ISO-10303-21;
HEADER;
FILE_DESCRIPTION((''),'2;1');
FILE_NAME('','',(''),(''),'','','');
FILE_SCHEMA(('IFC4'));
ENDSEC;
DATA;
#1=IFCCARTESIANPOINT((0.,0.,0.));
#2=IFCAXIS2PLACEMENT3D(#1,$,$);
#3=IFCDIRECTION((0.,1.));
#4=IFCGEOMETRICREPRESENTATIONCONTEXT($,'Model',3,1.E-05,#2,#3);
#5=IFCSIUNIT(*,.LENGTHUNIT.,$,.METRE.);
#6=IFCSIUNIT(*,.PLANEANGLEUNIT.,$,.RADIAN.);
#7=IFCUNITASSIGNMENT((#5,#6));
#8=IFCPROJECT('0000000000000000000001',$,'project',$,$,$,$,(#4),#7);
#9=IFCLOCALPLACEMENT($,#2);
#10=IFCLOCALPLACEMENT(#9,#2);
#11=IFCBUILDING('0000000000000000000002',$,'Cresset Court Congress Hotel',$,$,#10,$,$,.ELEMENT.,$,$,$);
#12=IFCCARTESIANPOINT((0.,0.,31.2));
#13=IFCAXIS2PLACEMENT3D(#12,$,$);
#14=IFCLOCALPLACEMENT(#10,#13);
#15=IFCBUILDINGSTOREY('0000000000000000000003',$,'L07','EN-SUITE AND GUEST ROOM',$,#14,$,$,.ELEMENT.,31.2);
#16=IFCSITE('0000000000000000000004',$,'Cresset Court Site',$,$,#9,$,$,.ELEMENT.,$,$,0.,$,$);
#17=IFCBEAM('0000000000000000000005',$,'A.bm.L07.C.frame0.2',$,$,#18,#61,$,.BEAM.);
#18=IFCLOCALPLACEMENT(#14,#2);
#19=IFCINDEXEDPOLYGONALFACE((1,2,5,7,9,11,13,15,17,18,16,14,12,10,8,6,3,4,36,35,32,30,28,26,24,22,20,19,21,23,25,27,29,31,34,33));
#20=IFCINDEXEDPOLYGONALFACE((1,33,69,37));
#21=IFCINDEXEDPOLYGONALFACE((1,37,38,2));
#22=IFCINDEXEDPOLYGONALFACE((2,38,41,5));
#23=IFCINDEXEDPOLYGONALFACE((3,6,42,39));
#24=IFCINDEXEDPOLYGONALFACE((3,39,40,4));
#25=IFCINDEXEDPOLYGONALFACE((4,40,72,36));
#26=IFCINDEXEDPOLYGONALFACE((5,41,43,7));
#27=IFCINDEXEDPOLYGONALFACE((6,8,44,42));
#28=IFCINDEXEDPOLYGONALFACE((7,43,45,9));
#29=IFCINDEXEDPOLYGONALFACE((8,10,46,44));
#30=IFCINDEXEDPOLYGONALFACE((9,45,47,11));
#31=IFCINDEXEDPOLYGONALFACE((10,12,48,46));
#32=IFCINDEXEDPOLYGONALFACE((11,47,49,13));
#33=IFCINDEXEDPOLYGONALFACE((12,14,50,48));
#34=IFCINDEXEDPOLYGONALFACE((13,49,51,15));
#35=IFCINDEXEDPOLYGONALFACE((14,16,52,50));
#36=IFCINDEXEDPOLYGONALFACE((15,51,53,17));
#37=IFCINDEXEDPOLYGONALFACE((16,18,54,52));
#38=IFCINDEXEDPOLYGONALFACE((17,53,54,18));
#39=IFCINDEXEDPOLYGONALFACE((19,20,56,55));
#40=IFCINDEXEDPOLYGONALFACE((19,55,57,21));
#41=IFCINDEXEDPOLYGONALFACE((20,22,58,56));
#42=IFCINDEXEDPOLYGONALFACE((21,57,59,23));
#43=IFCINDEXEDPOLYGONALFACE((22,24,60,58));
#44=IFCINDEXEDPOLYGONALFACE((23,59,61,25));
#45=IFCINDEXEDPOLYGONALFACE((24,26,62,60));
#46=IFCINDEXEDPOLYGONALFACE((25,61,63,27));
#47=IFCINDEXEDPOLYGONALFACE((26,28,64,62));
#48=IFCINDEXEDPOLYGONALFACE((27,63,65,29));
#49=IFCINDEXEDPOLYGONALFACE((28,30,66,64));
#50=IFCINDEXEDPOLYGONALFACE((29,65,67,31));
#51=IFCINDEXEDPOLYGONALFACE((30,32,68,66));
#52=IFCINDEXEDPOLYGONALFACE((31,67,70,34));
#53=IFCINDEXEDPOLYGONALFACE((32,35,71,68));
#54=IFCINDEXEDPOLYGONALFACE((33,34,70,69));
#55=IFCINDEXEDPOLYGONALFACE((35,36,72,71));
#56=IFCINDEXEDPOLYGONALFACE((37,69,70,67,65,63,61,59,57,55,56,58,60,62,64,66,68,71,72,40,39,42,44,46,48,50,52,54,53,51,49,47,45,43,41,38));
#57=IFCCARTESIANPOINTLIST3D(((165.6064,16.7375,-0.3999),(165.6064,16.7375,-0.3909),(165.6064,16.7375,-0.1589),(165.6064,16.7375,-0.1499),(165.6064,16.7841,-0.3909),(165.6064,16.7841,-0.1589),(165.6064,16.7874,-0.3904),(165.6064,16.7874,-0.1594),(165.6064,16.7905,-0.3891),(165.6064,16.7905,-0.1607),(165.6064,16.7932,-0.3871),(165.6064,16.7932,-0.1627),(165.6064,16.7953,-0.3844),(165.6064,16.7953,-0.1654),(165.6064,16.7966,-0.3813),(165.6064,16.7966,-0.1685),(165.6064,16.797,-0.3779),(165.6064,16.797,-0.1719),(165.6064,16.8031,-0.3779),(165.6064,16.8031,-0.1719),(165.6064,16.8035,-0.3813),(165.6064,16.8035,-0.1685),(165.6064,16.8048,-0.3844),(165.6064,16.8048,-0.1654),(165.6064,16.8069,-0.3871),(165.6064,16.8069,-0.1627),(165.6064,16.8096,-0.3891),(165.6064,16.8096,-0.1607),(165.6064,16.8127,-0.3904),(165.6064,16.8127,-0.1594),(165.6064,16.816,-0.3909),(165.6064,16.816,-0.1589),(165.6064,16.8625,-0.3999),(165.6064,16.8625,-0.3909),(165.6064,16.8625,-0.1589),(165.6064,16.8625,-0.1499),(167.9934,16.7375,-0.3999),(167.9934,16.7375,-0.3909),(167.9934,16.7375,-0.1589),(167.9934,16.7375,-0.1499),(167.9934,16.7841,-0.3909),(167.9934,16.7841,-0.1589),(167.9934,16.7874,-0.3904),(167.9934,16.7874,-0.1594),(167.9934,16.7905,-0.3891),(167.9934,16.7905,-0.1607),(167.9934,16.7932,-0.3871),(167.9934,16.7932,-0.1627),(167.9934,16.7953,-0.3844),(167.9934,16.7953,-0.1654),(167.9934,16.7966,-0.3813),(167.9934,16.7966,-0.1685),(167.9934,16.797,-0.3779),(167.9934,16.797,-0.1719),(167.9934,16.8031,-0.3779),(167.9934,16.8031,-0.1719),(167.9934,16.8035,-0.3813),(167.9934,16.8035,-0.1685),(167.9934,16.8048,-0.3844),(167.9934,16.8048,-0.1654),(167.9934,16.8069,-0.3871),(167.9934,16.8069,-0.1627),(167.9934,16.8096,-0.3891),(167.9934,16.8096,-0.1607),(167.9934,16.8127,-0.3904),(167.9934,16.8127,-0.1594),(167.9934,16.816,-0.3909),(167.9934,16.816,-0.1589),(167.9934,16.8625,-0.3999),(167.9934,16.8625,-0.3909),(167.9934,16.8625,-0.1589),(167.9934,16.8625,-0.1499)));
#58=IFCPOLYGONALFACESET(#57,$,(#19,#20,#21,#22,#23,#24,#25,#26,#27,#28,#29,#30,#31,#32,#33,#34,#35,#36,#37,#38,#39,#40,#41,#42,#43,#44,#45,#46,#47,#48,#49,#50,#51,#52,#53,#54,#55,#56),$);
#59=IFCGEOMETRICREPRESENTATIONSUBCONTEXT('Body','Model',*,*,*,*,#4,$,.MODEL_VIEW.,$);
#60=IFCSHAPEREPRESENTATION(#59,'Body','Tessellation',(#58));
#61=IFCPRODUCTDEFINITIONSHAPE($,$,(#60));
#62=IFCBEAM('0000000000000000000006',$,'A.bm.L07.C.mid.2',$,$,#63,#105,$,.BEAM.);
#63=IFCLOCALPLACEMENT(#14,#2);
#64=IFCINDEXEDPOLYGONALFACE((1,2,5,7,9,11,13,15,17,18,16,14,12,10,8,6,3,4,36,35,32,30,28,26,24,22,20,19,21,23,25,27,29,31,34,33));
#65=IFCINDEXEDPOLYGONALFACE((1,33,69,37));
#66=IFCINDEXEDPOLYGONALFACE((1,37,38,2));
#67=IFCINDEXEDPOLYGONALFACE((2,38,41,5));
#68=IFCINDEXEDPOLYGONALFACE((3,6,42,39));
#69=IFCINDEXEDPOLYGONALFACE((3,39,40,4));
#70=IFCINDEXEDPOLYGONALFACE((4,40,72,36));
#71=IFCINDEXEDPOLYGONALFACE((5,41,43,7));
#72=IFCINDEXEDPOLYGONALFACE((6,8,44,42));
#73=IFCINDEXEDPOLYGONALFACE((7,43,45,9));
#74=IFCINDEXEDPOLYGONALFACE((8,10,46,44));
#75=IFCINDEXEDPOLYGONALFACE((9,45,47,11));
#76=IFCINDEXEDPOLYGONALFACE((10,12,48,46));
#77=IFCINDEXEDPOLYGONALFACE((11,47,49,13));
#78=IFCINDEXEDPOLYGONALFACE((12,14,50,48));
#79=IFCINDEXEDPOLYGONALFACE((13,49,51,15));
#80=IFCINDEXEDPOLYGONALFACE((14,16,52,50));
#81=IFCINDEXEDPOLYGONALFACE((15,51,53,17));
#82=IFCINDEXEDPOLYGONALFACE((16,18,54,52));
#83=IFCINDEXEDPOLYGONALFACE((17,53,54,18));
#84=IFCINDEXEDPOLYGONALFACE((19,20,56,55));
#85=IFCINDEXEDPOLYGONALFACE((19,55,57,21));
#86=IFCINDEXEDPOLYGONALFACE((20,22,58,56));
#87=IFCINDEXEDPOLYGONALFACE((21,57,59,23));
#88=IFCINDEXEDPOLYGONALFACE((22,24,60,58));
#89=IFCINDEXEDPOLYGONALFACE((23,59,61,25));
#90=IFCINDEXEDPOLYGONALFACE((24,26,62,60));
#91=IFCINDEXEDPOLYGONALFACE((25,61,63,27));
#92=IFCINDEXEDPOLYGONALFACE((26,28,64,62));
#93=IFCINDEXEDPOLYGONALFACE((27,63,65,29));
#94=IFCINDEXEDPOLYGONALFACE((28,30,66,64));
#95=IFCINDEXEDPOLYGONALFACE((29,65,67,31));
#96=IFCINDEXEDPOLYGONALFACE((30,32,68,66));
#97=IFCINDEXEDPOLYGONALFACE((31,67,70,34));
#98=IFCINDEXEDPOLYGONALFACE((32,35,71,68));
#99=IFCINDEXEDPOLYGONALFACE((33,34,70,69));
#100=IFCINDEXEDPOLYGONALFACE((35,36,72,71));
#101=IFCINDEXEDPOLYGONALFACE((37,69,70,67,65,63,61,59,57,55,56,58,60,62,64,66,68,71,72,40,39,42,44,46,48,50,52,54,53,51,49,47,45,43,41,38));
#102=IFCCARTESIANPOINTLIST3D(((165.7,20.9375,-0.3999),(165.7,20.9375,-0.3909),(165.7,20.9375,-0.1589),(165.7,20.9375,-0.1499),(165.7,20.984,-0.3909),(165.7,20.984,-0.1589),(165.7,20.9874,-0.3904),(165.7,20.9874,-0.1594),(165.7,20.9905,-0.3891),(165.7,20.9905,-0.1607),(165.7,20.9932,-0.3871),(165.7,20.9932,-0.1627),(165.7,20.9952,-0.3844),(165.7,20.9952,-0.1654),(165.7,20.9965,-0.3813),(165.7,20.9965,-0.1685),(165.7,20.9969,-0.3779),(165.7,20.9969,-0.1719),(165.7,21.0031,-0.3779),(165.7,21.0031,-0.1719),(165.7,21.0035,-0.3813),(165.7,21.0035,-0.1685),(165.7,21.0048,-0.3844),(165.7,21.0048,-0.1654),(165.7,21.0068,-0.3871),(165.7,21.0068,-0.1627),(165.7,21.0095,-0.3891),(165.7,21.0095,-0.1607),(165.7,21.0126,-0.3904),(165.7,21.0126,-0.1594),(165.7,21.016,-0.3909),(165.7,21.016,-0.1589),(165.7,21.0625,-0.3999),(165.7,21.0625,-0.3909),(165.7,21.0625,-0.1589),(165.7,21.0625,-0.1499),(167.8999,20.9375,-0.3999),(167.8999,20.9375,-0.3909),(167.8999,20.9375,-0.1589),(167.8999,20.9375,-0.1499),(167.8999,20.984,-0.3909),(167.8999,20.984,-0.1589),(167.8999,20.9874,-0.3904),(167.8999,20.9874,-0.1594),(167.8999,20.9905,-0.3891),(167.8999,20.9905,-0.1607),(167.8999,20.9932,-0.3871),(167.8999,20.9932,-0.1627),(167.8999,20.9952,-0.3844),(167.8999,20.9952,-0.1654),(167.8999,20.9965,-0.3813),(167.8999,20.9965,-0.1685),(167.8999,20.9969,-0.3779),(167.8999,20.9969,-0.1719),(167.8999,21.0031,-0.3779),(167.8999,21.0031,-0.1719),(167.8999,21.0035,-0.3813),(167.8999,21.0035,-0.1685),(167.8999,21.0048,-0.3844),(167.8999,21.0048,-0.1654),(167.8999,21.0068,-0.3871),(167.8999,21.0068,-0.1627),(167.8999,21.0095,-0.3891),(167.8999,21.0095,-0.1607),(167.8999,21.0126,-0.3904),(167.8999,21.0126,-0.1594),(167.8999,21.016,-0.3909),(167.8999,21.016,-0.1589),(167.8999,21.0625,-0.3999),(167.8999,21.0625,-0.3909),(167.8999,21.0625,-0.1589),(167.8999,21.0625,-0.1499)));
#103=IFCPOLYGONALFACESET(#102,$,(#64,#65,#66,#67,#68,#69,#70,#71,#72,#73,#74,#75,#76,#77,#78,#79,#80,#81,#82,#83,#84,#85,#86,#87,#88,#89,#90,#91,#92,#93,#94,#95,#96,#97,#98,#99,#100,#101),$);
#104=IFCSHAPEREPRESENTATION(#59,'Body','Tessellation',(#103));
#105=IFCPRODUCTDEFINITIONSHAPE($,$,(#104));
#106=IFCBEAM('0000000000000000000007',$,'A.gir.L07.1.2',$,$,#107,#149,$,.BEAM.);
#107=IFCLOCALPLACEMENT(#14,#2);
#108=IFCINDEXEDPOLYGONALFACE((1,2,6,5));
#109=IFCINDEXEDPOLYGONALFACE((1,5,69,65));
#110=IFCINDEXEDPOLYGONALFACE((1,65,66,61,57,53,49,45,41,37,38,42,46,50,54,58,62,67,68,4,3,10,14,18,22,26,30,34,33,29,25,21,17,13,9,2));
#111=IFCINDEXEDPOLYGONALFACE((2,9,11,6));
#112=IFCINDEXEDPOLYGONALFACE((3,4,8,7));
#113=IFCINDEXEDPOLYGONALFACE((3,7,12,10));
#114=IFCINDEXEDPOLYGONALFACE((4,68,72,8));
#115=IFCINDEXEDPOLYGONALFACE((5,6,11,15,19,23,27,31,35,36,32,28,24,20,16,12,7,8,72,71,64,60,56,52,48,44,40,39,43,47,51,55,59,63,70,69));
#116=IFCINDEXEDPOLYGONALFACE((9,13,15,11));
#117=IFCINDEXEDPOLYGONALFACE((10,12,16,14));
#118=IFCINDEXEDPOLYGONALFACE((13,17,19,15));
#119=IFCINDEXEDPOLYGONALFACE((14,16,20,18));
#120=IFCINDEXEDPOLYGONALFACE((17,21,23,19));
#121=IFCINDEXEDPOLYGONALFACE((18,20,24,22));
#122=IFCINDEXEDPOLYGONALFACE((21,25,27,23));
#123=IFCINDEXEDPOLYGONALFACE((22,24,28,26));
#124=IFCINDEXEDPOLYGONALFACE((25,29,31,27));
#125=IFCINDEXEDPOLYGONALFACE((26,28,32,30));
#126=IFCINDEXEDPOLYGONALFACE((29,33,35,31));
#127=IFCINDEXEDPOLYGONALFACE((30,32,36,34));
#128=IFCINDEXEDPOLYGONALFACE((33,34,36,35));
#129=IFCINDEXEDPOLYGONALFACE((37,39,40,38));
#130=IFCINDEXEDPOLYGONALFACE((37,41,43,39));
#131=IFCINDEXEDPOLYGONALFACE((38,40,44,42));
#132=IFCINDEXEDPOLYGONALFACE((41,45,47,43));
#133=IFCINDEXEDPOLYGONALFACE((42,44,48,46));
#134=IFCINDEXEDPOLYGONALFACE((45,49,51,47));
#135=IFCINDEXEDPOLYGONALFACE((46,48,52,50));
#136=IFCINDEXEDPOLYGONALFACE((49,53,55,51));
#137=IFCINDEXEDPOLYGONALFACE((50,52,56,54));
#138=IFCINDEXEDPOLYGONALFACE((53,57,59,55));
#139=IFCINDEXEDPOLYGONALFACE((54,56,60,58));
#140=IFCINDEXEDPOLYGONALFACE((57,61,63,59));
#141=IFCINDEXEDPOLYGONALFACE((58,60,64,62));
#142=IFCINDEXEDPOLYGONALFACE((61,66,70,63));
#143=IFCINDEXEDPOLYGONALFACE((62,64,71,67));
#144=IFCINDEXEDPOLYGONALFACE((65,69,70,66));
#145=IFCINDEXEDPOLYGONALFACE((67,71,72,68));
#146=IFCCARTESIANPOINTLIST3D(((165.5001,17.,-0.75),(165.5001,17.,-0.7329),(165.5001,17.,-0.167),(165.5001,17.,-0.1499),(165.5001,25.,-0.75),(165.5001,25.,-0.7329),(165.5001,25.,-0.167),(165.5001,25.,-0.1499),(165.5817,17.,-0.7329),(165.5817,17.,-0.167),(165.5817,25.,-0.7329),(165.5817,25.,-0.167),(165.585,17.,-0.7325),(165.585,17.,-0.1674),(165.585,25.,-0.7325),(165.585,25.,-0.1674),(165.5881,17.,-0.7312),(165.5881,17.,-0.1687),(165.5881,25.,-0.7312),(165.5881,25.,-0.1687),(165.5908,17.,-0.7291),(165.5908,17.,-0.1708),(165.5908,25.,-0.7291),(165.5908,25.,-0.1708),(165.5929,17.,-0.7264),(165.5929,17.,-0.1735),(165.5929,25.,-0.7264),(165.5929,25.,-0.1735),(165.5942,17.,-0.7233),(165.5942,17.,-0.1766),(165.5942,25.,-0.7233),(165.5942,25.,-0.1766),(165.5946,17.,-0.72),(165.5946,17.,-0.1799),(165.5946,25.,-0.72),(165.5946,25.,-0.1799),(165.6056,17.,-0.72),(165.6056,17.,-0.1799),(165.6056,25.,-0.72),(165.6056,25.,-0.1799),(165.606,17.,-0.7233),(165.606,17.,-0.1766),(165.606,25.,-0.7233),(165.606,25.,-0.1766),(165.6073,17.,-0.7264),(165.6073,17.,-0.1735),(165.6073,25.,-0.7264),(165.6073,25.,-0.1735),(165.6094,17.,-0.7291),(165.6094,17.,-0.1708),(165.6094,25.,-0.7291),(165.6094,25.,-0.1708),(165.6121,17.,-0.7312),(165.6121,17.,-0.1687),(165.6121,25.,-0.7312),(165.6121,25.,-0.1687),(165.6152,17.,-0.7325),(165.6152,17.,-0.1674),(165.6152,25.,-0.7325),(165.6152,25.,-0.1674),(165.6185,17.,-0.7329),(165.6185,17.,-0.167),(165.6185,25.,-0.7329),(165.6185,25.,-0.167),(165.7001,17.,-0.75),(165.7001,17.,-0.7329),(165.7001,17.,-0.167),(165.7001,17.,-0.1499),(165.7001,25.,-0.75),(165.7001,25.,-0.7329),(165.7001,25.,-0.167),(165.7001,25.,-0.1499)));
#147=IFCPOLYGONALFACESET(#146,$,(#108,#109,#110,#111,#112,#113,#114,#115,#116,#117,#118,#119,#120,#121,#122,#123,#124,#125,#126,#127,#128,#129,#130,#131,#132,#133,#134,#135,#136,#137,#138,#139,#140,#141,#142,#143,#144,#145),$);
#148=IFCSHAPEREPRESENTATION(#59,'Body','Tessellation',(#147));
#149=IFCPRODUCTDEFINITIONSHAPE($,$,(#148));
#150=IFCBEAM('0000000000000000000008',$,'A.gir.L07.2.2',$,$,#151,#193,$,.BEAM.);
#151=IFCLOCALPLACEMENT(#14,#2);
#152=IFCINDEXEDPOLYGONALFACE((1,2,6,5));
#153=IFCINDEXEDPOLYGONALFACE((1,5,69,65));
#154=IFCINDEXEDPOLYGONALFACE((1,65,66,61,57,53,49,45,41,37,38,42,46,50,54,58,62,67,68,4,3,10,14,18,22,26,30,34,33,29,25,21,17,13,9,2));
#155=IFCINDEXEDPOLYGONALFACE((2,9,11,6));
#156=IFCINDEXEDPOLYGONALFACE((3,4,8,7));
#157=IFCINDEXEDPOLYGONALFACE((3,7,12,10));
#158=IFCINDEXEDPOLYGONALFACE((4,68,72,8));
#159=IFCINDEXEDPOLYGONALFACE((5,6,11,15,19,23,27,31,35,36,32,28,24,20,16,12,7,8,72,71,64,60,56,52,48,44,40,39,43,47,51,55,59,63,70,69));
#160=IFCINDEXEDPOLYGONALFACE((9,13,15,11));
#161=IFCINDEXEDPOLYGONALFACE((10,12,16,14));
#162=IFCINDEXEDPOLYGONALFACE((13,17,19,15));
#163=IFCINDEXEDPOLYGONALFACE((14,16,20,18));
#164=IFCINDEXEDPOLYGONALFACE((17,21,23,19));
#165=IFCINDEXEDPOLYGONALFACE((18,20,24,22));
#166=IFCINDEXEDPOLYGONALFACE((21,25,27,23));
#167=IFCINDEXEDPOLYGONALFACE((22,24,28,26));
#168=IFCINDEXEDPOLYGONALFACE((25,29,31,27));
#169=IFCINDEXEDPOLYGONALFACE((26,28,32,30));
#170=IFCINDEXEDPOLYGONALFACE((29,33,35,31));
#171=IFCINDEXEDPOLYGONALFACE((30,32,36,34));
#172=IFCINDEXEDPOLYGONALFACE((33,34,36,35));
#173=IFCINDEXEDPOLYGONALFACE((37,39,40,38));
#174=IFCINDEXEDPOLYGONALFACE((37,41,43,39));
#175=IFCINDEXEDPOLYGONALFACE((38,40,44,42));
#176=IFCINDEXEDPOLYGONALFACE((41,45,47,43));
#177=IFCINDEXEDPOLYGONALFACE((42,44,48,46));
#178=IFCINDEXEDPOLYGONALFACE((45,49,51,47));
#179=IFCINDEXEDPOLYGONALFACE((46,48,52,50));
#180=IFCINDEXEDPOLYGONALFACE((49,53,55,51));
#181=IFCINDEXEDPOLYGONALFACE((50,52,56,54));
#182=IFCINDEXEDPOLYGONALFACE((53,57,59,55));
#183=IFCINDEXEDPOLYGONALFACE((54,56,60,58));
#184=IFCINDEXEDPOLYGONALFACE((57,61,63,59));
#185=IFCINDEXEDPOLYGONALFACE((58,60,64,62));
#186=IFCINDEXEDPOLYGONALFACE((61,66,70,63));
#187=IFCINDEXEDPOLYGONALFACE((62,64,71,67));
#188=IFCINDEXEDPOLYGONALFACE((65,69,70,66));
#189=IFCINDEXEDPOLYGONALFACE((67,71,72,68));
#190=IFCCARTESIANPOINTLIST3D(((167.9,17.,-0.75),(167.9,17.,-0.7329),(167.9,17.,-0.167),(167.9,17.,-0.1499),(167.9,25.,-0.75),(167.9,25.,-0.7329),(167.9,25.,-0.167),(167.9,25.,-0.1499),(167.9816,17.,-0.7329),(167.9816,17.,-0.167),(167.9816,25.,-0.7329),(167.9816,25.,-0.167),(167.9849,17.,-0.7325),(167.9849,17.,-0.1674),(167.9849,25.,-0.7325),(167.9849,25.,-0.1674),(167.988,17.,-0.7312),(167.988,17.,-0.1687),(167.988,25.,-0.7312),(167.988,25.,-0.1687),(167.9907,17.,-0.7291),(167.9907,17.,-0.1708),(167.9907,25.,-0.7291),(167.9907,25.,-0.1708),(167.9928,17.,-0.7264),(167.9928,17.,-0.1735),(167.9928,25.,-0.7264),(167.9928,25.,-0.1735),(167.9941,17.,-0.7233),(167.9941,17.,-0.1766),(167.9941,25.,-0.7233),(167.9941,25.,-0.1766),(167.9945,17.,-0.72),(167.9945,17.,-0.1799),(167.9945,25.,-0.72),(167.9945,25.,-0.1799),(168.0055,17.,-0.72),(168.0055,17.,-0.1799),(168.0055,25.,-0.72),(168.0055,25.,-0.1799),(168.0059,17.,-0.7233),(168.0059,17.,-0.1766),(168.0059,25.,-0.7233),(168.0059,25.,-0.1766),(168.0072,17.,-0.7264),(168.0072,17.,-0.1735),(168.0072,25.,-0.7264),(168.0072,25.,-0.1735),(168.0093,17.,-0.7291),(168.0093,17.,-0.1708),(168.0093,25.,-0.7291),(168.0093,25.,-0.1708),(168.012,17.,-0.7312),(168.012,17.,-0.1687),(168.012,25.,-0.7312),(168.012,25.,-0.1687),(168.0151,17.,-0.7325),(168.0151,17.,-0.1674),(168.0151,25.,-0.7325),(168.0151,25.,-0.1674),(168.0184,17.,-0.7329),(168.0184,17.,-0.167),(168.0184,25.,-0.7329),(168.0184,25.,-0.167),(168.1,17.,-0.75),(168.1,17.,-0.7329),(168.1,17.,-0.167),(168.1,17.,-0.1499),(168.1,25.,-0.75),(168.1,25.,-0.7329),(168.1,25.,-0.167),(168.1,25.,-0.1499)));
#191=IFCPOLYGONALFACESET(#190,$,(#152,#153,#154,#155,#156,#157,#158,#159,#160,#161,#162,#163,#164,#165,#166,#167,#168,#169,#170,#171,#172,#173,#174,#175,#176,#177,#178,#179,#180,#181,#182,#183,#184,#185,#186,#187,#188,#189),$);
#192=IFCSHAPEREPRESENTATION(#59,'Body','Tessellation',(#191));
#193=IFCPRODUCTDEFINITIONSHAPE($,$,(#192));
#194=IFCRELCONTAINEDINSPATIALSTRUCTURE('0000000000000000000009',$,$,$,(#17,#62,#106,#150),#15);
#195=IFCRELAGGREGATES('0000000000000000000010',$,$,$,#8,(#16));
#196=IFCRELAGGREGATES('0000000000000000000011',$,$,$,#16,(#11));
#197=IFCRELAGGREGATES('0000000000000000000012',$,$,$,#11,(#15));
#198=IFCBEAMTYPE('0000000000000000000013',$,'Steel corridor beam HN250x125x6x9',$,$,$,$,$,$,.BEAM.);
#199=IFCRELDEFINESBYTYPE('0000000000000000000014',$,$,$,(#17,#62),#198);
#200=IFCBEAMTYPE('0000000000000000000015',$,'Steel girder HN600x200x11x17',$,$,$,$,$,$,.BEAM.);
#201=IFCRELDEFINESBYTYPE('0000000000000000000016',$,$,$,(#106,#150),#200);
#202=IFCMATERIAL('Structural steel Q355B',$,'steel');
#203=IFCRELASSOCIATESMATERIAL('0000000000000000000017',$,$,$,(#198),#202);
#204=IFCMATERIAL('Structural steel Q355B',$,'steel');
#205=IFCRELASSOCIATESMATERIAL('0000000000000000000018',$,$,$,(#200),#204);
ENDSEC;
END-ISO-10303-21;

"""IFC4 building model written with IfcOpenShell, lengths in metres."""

from ifc_helpers import new_model, si_unit, direction, frame, origin, origin_2d, place, context, subcontext, project, spatial, i_section, extrude, material, material_profile, profile_set, type_object, element, save


model = new_model("IFC4")

# Units and contexts
model_context = context("Model", 3, precision=1e-05, world=origin(), true_north=direction((0.0, 1.0)))
body_context = subcontext(model_context, "Body", "Model", "MODEL_VIEW")
ifc_project = project(units=[si_unit("LENGTHUNIT", "METRE"), si_unit("PLANEANGLEUNIT", "RADIAN")], contexts=[model_context])

# Site, building, storey
site_placement = place(None, origin())
site = spatial("IfcSite", under=ifc_project, at=site_placement, Name="Cresset Court Site", CompositionType="ELEMENT", RefElevation=0.0)
building_placement = place(site_placement, origin())
building = spatial("IfcBuilding", under=site, at=building_placement, Name="Cresset Court Congress Hotel", CompositionType="ELEMENT")
storey_placement = place(building_placement, frame((0.0, 0.0, 31.2)))
storey = spatial("IfcBuildingStorey", under=building, at=storey_placement, Name="L07", Description="EN-SUITE AND GUEST ROOM", CompositionType="ELEMENT", Elevation=31.2)

# Beams
ifc_material_1 = material(Name="Structural steel Q355B", Category="steel")
ifc_material_profile_1 = material_profile(ifc_material_1, i_section(OverallWidth=0.125, OverallDepth=0.25, WebThickness=0.0061, FlangeThickness=0.009, FilletRadius=0.0129, at=origin_2d()), Name="HN250x125x6x9")
ifc_profile_set_1 = profile_set([ifc_material_profile_1], Name="Structural steel Q355B")
beam_type_1 = type_object("IfcBeamType", Name="Steel corridor beam HN250x125x6x9", PredefinedType="BEAM", material=ifc_profile_set_1)
beam_1_placement = place(storey_placement, frame((165.6064, 16.8, -0.2749), z_axis=(1.0, 0.0, 0.0), x_axis=(0.0, 1.0, 0.0)))
element("IfcBeam", 1, at=beam_1_placement, inside=storey, type_object=beam_type_1, Name="A.bm.L07.C.frame0.2", PredefinedType="BEAM", context=body_context, shape_type="SweptSolid", body=[
    extrude(i_section(OverallWidth=0.125, OverallDepth=0.25, WebThickness=0.0061, FlangeThickness=0.009, FilletRadius=0.0129, at=origin_2d()), origin(), (0.0, 0.0, 1.0), 2.387),
])
beam_2_placement = place(storey_placement, frame((165.7, 21.0, -0.2749), z_axis=(1.0, 0.0, 0.0), x_axis=(0.0, 1.0, 0.0)))
element("IfcBeam", 2, at=beam_2_placement, inside=storey, type_object=beam_type_1, Name="A.bm.L07.C.mid.2", PredefinedType="BEAM", context=body_context, shape_type="SweptSolid", body=[
    extrude(i_section(OverallWidth=0.125, OverallDepth=0.25, WebThickness=0.0061, FlangeThickness=0.009, FilletRadius=0.0129, at=origin_2d()), origin(), (0.0, 0.0, 1.0), 2.2),
])
ifc_material_2 = material(Name="Structural steel Q355B", Category="steel")
ifc_material_profile_2 = material_profile(ifc_material_2, i_section(OverallWidth=0.2, OverallDepth=0.6001, WebThickness=0.011, FlangeThickness=0.0171, FilletRadius=0.0129, at=origin_2d()), Name="HN600x200x11x17")
ifc_profile_set_2 = profile_set([ifc_material_profile_2], Name="Structural steel Q355B")
beam_type_2 = type_object("IfcBeamType", Name="Steel girder HN600x200x11x17", PredefinedType="BEAM", material=ifc_profile_set_2)
for number, where, z_axis, x_axis, name in (
    (3, (165.6001, 17.0, -0.45), (0.0, 1.0, 0.0), (-1.0, 0.0, 0.0), "A.gir.L07.1.2"),
    (4, (168.0, 17.0, -0.45), (0.0, 1.0, 0.0), (-1.0, 0.0, 0.0), "A.gir.L07.2.2"),
):
    element("IfcBeam", number, at=place(storey_placement, frame(where, z_axis=z_axis, x_axis=x_axis)), inside=storey, type_object=beam_type_2, Name=name, PredefinedType="BEAM", context=body_context, shape_type="SweptSolid", body=[
        extrude(i_section(OverallWidth=0.2, OverallDepth=0.6001, WebThickness=0.011, FlangeThickness=0.0171, FilletRadius=0.0129, at=origin_2d()), origin(), (0.0, 0.0, 1.0), 8.0),
    ])

save(model, "model.ifc")
